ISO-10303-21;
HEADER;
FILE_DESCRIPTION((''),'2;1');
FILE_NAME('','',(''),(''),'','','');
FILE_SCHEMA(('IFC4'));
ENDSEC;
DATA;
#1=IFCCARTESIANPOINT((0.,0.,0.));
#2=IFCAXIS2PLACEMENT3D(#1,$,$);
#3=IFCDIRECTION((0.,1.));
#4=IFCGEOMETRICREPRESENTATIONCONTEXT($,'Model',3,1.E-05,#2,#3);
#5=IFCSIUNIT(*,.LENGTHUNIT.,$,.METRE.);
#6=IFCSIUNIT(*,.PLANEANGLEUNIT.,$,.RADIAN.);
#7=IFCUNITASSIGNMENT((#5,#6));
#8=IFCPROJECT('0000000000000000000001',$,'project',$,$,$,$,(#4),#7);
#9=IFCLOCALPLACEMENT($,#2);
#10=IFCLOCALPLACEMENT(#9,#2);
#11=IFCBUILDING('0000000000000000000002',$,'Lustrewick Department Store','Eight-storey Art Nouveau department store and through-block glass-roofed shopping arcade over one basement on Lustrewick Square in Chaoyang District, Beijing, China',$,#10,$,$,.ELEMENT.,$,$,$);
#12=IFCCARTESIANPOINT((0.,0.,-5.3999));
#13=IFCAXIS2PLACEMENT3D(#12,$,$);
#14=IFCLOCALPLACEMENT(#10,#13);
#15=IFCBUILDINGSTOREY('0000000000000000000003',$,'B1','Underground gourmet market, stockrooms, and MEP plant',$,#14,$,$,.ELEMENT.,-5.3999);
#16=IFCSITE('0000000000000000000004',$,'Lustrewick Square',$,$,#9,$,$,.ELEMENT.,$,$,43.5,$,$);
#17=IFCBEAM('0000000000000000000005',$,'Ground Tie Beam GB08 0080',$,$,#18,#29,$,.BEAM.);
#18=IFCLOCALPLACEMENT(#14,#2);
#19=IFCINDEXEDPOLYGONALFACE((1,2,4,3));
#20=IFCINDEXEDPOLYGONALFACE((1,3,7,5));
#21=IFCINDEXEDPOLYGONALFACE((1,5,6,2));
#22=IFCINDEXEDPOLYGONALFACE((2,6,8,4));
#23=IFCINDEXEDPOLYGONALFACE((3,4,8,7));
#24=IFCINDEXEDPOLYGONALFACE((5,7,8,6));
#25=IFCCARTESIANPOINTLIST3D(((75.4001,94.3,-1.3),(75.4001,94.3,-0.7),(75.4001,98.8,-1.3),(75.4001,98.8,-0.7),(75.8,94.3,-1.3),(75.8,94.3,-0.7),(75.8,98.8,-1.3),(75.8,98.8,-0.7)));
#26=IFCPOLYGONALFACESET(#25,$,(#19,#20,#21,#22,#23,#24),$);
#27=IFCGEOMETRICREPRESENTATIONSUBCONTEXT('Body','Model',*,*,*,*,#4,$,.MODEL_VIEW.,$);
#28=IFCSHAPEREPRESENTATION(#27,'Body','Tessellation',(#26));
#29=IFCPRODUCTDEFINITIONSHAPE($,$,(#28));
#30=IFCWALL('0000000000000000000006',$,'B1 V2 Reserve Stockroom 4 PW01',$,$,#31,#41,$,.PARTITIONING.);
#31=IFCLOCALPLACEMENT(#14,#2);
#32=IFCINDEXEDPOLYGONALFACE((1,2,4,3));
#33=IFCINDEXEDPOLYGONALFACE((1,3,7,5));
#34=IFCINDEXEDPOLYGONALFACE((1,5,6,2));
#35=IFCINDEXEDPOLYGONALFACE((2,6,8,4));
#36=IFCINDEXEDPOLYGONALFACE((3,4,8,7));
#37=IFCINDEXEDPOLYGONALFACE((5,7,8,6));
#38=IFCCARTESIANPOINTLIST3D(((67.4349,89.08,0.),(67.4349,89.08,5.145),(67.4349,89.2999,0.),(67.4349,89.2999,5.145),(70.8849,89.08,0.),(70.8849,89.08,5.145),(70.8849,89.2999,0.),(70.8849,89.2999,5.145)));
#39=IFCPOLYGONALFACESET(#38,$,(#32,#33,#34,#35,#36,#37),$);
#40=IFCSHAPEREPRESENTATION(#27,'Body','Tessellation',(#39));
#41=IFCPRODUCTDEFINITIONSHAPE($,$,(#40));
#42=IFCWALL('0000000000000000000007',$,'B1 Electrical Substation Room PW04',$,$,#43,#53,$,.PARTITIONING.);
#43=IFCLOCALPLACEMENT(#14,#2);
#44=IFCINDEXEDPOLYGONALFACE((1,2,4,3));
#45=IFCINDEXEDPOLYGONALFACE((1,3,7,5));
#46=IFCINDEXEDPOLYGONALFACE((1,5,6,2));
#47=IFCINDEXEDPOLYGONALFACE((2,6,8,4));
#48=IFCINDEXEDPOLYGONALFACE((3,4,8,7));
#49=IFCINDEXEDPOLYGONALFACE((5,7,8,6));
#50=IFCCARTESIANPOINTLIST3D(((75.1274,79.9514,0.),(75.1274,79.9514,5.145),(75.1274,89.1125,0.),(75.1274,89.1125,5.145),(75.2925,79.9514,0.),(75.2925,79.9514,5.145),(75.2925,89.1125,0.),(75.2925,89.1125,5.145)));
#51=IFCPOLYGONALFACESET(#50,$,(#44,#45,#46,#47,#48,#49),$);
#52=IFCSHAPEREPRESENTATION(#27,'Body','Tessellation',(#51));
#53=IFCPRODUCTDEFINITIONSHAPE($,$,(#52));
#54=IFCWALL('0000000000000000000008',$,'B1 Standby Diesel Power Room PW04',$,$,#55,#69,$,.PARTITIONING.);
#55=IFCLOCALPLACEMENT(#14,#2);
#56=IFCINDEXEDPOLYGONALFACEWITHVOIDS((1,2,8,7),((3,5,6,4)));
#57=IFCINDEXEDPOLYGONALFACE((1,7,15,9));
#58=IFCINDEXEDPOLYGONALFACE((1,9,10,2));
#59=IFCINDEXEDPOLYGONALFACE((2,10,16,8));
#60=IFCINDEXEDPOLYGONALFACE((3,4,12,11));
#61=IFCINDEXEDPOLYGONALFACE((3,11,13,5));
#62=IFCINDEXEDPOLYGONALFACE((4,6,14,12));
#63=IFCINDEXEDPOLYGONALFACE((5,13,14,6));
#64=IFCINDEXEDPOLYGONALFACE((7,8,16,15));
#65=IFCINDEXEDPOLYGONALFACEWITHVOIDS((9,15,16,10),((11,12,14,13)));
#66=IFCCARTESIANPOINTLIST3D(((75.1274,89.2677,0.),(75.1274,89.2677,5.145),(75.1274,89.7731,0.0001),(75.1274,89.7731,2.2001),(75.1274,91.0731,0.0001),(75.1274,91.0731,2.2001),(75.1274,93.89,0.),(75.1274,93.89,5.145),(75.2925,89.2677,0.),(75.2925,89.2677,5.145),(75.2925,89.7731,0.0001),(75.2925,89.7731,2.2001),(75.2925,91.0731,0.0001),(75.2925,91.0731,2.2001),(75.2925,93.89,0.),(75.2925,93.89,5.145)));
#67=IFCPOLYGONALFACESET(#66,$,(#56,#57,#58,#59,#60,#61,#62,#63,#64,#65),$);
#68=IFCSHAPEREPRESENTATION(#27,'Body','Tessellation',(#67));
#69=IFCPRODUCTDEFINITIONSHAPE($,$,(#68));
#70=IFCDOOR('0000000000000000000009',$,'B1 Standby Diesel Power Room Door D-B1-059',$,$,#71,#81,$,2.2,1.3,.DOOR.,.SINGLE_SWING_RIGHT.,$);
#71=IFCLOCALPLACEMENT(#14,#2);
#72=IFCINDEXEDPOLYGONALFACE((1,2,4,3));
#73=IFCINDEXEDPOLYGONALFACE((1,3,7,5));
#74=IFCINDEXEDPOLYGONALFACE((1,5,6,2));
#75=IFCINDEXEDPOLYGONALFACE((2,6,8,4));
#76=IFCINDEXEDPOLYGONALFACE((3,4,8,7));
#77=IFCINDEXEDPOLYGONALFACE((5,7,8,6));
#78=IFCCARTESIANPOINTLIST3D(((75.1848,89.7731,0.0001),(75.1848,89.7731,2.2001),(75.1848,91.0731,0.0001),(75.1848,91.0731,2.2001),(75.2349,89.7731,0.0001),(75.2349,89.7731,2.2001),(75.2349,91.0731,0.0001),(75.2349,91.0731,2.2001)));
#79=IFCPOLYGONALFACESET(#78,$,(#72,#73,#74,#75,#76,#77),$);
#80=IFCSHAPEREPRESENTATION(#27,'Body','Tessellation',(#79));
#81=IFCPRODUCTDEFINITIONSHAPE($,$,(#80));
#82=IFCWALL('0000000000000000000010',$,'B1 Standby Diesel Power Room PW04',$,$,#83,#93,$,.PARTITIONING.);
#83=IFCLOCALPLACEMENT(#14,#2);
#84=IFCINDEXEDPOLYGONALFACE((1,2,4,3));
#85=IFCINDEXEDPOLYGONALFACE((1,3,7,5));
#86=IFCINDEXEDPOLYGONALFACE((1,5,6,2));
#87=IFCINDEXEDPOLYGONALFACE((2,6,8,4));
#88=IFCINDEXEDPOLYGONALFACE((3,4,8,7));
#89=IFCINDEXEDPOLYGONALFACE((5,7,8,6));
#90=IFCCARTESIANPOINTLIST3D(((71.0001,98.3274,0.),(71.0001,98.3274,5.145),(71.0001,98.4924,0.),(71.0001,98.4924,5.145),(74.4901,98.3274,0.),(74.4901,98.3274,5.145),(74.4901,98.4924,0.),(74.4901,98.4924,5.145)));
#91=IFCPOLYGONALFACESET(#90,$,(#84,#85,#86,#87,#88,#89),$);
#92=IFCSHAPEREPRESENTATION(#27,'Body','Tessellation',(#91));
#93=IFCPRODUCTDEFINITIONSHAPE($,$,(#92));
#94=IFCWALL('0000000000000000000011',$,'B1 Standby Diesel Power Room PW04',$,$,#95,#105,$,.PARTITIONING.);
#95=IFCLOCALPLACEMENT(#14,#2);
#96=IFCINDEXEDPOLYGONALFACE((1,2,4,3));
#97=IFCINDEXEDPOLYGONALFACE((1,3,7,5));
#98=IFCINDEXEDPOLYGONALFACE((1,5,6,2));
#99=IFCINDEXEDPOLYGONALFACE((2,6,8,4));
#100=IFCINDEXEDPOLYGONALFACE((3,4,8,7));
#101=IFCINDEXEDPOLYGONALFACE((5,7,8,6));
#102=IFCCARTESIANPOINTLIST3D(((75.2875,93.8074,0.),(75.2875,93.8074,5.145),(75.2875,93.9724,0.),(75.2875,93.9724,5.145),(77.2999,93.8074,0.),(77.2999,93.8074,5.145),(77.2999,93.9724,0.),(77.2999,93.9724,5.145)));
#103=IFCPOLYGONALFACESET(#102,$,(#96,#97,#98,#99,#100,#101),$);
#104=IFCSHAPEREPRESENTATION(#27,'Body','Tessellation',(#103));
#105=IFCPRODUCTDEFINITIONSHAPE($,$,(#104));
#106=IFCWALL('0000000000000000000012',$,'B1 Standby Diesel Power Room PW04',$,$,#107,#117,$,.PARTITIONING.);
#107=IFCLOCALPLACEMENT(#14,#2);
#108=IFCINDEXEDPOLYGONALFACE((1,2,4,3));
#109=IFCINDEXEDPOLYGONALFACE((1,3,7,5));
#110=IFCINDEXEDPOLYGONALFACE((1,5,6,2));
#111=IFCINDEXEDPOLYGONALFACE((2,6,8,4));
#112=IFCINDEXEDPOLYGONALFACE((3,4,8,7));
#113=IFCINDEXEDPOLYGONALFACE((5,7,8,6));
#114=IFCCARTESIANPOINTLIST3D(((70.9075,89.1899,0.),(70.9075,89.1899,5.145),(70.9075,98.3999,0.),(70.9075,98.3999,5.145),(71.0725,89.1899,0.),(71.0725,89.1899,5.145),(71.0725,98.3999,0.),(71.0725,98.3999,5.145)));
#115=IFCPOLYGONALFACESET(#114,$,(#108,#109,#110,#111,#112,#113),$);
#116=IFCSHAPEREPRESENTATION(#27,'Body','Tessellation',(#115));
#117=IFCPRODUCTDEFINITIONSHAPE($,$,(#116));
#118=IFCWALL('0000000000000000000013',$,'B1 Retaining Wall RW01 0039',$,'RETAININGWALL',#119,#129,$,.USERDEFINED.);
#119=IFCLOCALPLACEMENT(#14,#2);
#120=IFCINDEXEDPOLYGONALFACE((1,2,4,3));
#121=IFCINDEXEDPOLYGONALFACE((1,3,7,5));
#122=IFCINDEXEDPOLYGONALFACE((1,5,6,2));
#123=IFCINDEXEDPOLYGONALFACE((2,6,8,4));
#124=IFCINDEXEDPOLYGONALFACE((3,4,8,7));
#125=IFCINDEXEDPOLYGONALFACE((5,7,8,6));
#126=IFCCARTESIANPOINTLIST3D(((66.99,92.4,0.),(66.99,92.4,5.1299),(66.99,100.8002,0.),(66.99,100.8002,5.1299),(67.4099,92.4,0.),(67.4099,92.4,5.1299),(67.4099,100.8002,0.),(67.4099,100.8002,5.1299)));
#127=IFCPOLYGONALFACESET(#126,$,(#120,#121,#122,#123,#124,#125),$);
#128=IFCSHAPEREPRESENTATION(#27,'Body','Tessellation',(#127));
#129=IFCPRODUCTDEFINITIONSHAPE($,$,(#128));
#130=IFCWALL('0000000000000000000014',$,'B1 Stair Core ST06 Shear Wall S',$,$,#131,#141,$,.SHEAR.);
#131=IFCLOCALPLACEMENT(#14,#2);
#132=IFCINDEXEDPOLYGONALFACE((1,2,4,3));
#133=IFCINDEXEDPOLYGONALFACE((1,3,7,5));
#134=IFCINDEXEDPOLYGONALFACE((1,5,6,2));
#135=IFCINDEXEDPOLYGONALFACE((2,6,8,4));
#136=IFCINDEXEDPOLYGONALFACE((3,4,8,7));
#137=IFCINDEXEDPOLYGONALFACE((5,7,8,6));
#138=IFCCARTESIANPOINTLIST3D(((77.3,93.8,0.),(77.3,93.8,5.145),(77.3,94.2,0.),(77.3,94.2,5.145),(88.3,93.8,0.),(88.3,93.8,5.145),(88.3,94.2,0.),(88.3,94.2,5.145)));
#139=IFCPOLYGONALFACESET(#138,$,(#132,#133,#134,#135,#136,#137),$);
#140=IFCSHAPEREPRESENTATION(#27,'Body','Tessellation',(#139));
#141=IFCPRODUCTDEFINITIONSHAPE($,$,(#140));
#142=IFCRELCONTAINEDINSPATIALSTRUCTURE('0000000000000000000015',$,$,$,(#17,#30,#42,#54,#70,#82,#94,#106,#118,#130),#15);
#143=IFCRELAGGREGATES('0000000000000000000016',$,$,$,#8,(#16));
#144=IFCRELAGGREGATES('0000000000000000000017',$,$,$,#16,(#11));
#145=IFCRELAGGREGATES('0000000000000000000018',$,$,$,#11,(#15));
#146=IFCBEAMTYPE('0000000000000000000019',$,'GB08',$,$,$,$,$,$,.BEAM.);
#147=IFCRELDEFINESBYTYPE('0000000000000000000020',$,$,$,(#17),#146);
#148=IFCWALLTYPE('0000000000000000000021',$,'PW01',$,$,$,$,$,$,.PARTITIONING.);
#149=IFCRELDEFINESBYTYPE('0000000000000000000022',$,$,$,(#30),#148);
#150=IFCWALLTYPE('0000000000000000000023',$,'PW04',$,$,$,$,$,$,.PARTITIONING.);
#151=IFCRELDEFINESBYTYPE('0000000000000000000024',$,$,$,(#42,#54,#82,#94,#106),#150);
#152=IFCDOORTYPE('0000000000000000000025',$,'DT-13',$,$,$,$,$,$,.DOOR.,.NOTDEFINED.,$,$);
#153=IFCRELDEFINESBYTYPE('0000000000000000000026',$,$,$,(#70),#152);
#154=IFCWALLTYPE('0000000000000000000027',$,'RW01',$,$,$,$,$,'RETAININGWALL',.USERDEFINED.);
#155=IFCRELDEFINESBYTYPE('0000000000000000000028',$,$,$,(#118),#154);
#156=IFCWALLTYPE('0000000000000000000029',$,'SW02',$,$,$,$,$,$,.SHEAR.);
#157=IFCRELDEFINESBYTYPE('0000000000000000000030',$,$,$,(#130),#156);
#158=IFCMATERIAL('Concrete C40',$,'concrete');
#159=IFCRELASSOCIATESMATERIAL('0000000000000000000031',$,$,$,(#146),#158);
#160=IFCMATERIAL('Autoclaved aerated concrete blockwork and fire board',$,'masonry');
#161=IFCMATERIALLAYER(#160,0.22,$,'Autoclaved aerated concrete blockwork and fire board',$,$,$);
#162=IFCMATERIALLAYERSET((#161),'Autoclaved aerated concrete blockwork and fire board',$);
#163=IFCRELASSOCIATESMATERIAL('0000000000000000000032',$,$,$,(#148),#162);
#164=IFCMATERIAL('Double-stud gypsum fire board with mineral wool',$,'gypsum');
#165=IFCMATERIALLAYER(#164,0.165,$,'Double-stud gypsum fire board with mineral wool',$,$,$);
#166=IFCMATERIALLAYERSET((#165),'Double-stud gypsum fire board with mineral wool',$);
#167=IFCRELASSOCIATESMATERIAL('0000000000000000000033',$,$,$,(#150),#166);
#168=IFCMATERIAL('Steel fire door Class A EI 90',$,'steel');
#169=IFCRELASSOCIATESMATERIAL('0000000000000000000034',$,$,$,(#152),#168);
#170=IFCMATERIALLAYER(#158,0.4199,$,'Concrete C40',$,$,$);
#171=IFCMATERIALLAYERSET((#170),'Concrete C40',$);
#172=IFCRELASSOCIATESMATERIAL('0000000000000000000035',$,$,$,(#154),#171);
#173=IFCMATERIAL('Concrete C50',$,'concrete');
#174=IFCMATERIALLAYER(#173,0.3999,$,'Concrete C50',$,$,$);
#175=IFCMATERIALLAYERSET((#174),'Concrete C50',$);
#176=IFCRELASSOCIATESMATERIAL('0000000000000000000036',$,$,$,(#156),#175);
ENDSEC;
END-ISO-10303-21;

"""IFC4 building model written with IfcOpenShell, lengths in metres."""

from ifc_helpers import new_model, si_unit, direction, frame, frame_2d, origin, origin_2d, place, context, subcontext, project, spatial, rectangle, extrude, material, layer, layer_set, material_profile, profile_set, type_object, element, fill, save


model = new_model("IFC4")

# Units and contexts
model_context = context("Model", 3, precision=1e-05, world=origin(), true_north=direction((0.0, 1.0)))
body_context = subcontext(model_context, "Body", "Model", "MODEL_VIEW")
ifc_project = project(units=[si_unit("LENGTHUNIT", "METRE"), si_unit("PLANEANGLEUNIT", "RADIAN")], contexts=[model_context])

# Site, building, storey
site_placement = place(None, origin())
site = spatial("IfcSite", under=ifc_project, at=site_placement, Name="Lustrewick Square", CompositionType="ELEMENT", RefElevation=43.5)
building_placement = place(site_placement, origin())
building = spatial("IfcBuilding", under=site, at=building_placement, Name="Lustrewick Department Store", Description="Eight-storey Art Nouveau department store and through-block glass-roofed shopping arcade over one basement on Lustrewick Square in Chaoyang District, Beijing, China", CompositionType="ELEMENT")
storey_placement = place(building_placement, frame((0.0, 0.0, -5.3999)))
storey = spatial("IfcBuildingStorey", under=building, at=storey_placement, Name="B1", Description="Underground gourmet market, stockrooms, and MEP plant", CompositionType="ELEMENT", Elevation=-5.3999)

# Shared definitions
ifc_material_1 = material(Name="Concrete C40", Category="concrete")

# Beam
ifc_material_profile_1 = material_profile(ifc_material_1, rectangle(XDim=0.3999, YDim=0.6001, at=origin_2d()), Name="RC 400x600")
ifc_profile_set_1 = profile_set([ifc_material_profile_1], Name="Concrete C40")
beam_type_1 = type_object("IfcBeamType", Name="GB08", PredefinedType="BEAM", material=ifc_profile_set_1)
beam_1_placement = place(storey_placement, frame((75.6001, 94.3, -1.0), z_axis=(0.0, 1.0, 0.0), x_axis=(-1.0, 0.0, 0.0)))
element("IfcBeam", 1, at=beam_1_placement, inside=storey, type_object=beam_type_1, Name="Ground Tie Beam GB08 0080", PredefinedType="BEAM", context=body_context, shape_type="SweptSolid", body=[
    extrude(rectangle(XDim=0.3999, YDim=0.6001, at=origin_2d()), origin(), (0.0, 0.0, 1.0), 4.5),
])

# Walls
ifc_material_2 = material(Name="Autoclaved aerated concrete blockwork and fire board", Category="masonry")
ifc_layer_1 = layer(ifc_material_2, 0.22, Name="Autoclaved aerated concrete blockwork and fire board")
ifc_layer_set_1 = layer_set([ifc_layer_1], Name="Autoclaved aerated concrete blockwork and fire board")
wall_type_1 = type_object("IfcWallType", Name="PW01", PredefinedType="PARTITIONING", material=ifc_layer_set_1)
wall_1_placement = place(storey_placement, frame((70.885, 89.1899, 0.0), z_axis=(0.0, 0.0, 1.0), x_axis=(-1.0, 0.0, 0.0)))
element("IfcWall", 2, at=wall_1_placement, inside=storey, type_object=wall_type_1, Name="B1 V2 Reserve Stockroom 4 PW01", PredefinedType="PARTITIONING", context=body_context, shape_type="SweptSolid", body=[
    extrude(rectangle(XDim=3.45, YDim=0.22, at=frame_2d((1.7251, 0.0))), origin(), (0.0, 0.0, 1.0), 5.145),
])
ifc_material_3 = material(Name="Double-stud gypsum fire board with mineral wool", Category="gypsum")
ifc_layer_2 = layer(ifc_material_3, 0.165, Name="Double-stud gypsum fire board with mineral wool")
ifc_layer_set_2 = layer_set([ifc_layer_2], Name="Double-stud gypsum fire board with mineral wool")
wall_type_2 = type_object("IfcWallType", Name="PW04", PredefinedType="PARTITIONING", material=ifc_layer_set_2)
wall_2_placement = place(storey_placement, frame((75.21, 89.1125, 0.0), z_axis=(0.0, 0.0, 1.0), x_axis=(0.0, -1.0, 0.0)))
element("IfcWall", 3, at=wall_2_placement, inside=storey, type_object=wall_type_2, Name="B1 Electrical Substation Room PW04", PredefinedType="PARTITIONING", context=body_context, shape_type="SweptSolid", body=[
    extrude(rectangle(XDim=9.1611, YDim=0.165, at=frame_2d((4.5806, 0.0))), origin(), (0.0, 0.0, 1.0), 5.145),
])

# Wall, opening, door
wall_3_placement = place(storey_placement, frame((75.21, 93.8899, 0.0), z_axis=(0.0, 0.0, 1.0), x_axis=(0.0, -1.0, 0.0)))
wall_3 = element("IfcWall", 4, at=wall_3_placement, inside=storey, type_object=wall_type_2, Name="B1 Standby Diesel Power Room PW04", PredefinedType="PARTITIONING", context=body_context, shape_type="SweptSolid", body=[
    extrude(rectangle(XDim=4.6223, YDim=0.165, at=frame_2d((2.311, 0.0))), origin(), (0.0, 0.0, 1.0), 5.145),
])
opening_1_placement = place(wall_3_placement, frame((2.8169, 0.0, 0.0)))
opening_1 = element("IfcOpeningElement", 5, at=opening_1_placement, cuts=wall_3, PredefinedType="OPENING", context=body_context, shape_type="SweptSolid", body=[
    extrude(rectangle(XDim=1.3, YDim=2.2, at=frame_2d((0.6499, 1.1001))), frame((0.0, 0.0925, 0.0), z_axis=(0.0, -1.0, 0.0), x_axis=(1.0, 0.0, 0.0)), (0.0, 0.0, 1.0), 0.1851),
])
ifc_material_4 = material(Name="Steel fire door Class A EI 90", Category="steel")
door_type_1 = type_object("IfcDoorType", Name="DT-13", OperationType="NOTDEFINED", PredefinedType="DOOR", material=ifc_material_4)
door_1_placement = place(opening_1_placement, origin())
door_1 = element("IfcDoor", 6, at=door_1_placement, inside=storey, type_object=door_type_1, Name="B1 Standby Diesel Power Room Door D-B1-059", OperationType="SINGLE_SWING_RIGHT", OverallHeight=2.2, OverallWidth=1.3, PredefinedType="DOOR", context=body_context, shape_type="SweptSolid", body=[
    extrude(rectangle(XDim=1.3, YDim=2.2, at=frame_2d((0.6499, 1.1001))), frame((0.0, 0.0249, 0.0), z_axis=(0.0, -1.0, 0.0), x_axis=(1.0, 0.0, 0.0)), (0.0, 0.0, 1.0), 0.05),
])
fill(opening_1, door_1)

# Walls
wall_4_placement = place(storey_placement, frame((71.0, 98.4099, 0.0), z_axis=(0.0, 0.0, 1.0), x_axis=(1.0, 0.0, 0.0)))
element("IfcWall", 7, at=wall_4_placement, inside=storey, type_object=wall_type_2, Name="B1 Standby Diesel Power Room PW04", PredefinedType="PARTITIONING", context=body_context, shape_type="SweptSolid", body=[
    extrude(rectangle(XDim=3.49, YDim=0.165, at=frame_2d((1.7451, 0.0))), origin(), (0.0, 0.0, 1.0), 5.145),
])
wall_5_placement = place(storey_placement, frame((77.3, 93.8899, 0.0), z_axis=(0.0, 0.0, 1.0), x_axis=(-1.0, 0.0, 0.0)))
element("IfcWall", 8, at=wall_5_placement, inside=storey, type_object=wall_type_2, Name="B1 Standby Diesel Power Room PW04", PredefinedType="PARTITIONING", context=body_context, shape_type="SweptSolid", body=[
    extrude(rectangle(XDim=2.0125, YDim=0.165, at=frame_2d((1.0063, 0.0))), origin(), (0.0, 0.0, 1.0), 5.145),
])
wall_6_placement = place(storey_placement, frame((70.99, 89.1899, 0.0), z_axis=(0.0, 0.0, 1.0), x_axis=(0.0, 1.0, 0.0)))
element("IfcWall", 9, at=wall_6_placement, inside=storey, type_object=wall_type_2, Name="B1 Standby Diesel Power Room PW04", PredefinedType="PARTITIONING", context=body_context, shape_type="SweptSolid", body=[
    extrude(rectangle(XDim=9.21, YDim=0.165, at=frame_2d((4.605, 0.0))), origin(), (0.0, 0.0, 1.0), 5.145),
])
ifc_layer_3 = layer(ifc_material_1, 0.4199, Name="Concrete C40")
ifc_layer_set_3 = layer_set([ifc_layer_3], Name="Concrete C40")
wall_type_3 = type_object("IfcWallType", Name="RW01", ElementType="RETAININGWALL", PredefinedType="USERDEFINED", material=ifc_layer_set_3)
wall_7_placement = place(storey_placement, frame((67.2, 92.3999, 0.0), z_axis=(0.0, 0.0, 1.0), x_axis=(0.0, 1.0, 0.0)))
element("IfcWall", 10, at=wall_7_placement, inside=storey, type_object=wall_type_3, Name="B1 Retaining Wall RW01 0039", ObjectType="RETAININGWALL", PredefinedType="USERDEFINED", context=body_context, shape_type="SweptSolid", body=[
    extrude(rectangle(XDim=8.4001, YDim=0.4199, at=frame_2d((4.2002, 0.0))), origin(), (0.0, 0.0, 1.0), 5.1299),
])
ifc_material_5 = material(Name="Concrete C50", Category="concrete")
ifc_layer_4 = layer(ifc_material_5, 0.3999, Name="Concrete C50")
ifc_layer_set_4 = layer_set([ifc_layer_4], Name="Concrete C50")
wall_type_4 = type_object("IfcWallType", Name="SW02", PredefinedType="SHEAR", material=ifc_layer_set_4)
wall_8_placement = place(storey_placement, frame((77.3, 94.0, 0.0), z_axis=(0.0, 0.0, 1.0), x_axis=(1.0, 0.0, 0.0)))
element("IfcWall", 11, at=wall_8_placement, inside=storey, type_object=wall_type_4, Name="B1 Stair Core ST06 Shear Wall S", PredefinedType="SHEAR", context=body_context, shape_type="SweptSolid", body=[
    extrude(rectangle(XDim=11.0, YDim=0.3999, at=frame_2d((5.5, 0.0))), origin(), (0.0, 0.0, 1.0), 5.145),
])

save(model, "model.ifc")
